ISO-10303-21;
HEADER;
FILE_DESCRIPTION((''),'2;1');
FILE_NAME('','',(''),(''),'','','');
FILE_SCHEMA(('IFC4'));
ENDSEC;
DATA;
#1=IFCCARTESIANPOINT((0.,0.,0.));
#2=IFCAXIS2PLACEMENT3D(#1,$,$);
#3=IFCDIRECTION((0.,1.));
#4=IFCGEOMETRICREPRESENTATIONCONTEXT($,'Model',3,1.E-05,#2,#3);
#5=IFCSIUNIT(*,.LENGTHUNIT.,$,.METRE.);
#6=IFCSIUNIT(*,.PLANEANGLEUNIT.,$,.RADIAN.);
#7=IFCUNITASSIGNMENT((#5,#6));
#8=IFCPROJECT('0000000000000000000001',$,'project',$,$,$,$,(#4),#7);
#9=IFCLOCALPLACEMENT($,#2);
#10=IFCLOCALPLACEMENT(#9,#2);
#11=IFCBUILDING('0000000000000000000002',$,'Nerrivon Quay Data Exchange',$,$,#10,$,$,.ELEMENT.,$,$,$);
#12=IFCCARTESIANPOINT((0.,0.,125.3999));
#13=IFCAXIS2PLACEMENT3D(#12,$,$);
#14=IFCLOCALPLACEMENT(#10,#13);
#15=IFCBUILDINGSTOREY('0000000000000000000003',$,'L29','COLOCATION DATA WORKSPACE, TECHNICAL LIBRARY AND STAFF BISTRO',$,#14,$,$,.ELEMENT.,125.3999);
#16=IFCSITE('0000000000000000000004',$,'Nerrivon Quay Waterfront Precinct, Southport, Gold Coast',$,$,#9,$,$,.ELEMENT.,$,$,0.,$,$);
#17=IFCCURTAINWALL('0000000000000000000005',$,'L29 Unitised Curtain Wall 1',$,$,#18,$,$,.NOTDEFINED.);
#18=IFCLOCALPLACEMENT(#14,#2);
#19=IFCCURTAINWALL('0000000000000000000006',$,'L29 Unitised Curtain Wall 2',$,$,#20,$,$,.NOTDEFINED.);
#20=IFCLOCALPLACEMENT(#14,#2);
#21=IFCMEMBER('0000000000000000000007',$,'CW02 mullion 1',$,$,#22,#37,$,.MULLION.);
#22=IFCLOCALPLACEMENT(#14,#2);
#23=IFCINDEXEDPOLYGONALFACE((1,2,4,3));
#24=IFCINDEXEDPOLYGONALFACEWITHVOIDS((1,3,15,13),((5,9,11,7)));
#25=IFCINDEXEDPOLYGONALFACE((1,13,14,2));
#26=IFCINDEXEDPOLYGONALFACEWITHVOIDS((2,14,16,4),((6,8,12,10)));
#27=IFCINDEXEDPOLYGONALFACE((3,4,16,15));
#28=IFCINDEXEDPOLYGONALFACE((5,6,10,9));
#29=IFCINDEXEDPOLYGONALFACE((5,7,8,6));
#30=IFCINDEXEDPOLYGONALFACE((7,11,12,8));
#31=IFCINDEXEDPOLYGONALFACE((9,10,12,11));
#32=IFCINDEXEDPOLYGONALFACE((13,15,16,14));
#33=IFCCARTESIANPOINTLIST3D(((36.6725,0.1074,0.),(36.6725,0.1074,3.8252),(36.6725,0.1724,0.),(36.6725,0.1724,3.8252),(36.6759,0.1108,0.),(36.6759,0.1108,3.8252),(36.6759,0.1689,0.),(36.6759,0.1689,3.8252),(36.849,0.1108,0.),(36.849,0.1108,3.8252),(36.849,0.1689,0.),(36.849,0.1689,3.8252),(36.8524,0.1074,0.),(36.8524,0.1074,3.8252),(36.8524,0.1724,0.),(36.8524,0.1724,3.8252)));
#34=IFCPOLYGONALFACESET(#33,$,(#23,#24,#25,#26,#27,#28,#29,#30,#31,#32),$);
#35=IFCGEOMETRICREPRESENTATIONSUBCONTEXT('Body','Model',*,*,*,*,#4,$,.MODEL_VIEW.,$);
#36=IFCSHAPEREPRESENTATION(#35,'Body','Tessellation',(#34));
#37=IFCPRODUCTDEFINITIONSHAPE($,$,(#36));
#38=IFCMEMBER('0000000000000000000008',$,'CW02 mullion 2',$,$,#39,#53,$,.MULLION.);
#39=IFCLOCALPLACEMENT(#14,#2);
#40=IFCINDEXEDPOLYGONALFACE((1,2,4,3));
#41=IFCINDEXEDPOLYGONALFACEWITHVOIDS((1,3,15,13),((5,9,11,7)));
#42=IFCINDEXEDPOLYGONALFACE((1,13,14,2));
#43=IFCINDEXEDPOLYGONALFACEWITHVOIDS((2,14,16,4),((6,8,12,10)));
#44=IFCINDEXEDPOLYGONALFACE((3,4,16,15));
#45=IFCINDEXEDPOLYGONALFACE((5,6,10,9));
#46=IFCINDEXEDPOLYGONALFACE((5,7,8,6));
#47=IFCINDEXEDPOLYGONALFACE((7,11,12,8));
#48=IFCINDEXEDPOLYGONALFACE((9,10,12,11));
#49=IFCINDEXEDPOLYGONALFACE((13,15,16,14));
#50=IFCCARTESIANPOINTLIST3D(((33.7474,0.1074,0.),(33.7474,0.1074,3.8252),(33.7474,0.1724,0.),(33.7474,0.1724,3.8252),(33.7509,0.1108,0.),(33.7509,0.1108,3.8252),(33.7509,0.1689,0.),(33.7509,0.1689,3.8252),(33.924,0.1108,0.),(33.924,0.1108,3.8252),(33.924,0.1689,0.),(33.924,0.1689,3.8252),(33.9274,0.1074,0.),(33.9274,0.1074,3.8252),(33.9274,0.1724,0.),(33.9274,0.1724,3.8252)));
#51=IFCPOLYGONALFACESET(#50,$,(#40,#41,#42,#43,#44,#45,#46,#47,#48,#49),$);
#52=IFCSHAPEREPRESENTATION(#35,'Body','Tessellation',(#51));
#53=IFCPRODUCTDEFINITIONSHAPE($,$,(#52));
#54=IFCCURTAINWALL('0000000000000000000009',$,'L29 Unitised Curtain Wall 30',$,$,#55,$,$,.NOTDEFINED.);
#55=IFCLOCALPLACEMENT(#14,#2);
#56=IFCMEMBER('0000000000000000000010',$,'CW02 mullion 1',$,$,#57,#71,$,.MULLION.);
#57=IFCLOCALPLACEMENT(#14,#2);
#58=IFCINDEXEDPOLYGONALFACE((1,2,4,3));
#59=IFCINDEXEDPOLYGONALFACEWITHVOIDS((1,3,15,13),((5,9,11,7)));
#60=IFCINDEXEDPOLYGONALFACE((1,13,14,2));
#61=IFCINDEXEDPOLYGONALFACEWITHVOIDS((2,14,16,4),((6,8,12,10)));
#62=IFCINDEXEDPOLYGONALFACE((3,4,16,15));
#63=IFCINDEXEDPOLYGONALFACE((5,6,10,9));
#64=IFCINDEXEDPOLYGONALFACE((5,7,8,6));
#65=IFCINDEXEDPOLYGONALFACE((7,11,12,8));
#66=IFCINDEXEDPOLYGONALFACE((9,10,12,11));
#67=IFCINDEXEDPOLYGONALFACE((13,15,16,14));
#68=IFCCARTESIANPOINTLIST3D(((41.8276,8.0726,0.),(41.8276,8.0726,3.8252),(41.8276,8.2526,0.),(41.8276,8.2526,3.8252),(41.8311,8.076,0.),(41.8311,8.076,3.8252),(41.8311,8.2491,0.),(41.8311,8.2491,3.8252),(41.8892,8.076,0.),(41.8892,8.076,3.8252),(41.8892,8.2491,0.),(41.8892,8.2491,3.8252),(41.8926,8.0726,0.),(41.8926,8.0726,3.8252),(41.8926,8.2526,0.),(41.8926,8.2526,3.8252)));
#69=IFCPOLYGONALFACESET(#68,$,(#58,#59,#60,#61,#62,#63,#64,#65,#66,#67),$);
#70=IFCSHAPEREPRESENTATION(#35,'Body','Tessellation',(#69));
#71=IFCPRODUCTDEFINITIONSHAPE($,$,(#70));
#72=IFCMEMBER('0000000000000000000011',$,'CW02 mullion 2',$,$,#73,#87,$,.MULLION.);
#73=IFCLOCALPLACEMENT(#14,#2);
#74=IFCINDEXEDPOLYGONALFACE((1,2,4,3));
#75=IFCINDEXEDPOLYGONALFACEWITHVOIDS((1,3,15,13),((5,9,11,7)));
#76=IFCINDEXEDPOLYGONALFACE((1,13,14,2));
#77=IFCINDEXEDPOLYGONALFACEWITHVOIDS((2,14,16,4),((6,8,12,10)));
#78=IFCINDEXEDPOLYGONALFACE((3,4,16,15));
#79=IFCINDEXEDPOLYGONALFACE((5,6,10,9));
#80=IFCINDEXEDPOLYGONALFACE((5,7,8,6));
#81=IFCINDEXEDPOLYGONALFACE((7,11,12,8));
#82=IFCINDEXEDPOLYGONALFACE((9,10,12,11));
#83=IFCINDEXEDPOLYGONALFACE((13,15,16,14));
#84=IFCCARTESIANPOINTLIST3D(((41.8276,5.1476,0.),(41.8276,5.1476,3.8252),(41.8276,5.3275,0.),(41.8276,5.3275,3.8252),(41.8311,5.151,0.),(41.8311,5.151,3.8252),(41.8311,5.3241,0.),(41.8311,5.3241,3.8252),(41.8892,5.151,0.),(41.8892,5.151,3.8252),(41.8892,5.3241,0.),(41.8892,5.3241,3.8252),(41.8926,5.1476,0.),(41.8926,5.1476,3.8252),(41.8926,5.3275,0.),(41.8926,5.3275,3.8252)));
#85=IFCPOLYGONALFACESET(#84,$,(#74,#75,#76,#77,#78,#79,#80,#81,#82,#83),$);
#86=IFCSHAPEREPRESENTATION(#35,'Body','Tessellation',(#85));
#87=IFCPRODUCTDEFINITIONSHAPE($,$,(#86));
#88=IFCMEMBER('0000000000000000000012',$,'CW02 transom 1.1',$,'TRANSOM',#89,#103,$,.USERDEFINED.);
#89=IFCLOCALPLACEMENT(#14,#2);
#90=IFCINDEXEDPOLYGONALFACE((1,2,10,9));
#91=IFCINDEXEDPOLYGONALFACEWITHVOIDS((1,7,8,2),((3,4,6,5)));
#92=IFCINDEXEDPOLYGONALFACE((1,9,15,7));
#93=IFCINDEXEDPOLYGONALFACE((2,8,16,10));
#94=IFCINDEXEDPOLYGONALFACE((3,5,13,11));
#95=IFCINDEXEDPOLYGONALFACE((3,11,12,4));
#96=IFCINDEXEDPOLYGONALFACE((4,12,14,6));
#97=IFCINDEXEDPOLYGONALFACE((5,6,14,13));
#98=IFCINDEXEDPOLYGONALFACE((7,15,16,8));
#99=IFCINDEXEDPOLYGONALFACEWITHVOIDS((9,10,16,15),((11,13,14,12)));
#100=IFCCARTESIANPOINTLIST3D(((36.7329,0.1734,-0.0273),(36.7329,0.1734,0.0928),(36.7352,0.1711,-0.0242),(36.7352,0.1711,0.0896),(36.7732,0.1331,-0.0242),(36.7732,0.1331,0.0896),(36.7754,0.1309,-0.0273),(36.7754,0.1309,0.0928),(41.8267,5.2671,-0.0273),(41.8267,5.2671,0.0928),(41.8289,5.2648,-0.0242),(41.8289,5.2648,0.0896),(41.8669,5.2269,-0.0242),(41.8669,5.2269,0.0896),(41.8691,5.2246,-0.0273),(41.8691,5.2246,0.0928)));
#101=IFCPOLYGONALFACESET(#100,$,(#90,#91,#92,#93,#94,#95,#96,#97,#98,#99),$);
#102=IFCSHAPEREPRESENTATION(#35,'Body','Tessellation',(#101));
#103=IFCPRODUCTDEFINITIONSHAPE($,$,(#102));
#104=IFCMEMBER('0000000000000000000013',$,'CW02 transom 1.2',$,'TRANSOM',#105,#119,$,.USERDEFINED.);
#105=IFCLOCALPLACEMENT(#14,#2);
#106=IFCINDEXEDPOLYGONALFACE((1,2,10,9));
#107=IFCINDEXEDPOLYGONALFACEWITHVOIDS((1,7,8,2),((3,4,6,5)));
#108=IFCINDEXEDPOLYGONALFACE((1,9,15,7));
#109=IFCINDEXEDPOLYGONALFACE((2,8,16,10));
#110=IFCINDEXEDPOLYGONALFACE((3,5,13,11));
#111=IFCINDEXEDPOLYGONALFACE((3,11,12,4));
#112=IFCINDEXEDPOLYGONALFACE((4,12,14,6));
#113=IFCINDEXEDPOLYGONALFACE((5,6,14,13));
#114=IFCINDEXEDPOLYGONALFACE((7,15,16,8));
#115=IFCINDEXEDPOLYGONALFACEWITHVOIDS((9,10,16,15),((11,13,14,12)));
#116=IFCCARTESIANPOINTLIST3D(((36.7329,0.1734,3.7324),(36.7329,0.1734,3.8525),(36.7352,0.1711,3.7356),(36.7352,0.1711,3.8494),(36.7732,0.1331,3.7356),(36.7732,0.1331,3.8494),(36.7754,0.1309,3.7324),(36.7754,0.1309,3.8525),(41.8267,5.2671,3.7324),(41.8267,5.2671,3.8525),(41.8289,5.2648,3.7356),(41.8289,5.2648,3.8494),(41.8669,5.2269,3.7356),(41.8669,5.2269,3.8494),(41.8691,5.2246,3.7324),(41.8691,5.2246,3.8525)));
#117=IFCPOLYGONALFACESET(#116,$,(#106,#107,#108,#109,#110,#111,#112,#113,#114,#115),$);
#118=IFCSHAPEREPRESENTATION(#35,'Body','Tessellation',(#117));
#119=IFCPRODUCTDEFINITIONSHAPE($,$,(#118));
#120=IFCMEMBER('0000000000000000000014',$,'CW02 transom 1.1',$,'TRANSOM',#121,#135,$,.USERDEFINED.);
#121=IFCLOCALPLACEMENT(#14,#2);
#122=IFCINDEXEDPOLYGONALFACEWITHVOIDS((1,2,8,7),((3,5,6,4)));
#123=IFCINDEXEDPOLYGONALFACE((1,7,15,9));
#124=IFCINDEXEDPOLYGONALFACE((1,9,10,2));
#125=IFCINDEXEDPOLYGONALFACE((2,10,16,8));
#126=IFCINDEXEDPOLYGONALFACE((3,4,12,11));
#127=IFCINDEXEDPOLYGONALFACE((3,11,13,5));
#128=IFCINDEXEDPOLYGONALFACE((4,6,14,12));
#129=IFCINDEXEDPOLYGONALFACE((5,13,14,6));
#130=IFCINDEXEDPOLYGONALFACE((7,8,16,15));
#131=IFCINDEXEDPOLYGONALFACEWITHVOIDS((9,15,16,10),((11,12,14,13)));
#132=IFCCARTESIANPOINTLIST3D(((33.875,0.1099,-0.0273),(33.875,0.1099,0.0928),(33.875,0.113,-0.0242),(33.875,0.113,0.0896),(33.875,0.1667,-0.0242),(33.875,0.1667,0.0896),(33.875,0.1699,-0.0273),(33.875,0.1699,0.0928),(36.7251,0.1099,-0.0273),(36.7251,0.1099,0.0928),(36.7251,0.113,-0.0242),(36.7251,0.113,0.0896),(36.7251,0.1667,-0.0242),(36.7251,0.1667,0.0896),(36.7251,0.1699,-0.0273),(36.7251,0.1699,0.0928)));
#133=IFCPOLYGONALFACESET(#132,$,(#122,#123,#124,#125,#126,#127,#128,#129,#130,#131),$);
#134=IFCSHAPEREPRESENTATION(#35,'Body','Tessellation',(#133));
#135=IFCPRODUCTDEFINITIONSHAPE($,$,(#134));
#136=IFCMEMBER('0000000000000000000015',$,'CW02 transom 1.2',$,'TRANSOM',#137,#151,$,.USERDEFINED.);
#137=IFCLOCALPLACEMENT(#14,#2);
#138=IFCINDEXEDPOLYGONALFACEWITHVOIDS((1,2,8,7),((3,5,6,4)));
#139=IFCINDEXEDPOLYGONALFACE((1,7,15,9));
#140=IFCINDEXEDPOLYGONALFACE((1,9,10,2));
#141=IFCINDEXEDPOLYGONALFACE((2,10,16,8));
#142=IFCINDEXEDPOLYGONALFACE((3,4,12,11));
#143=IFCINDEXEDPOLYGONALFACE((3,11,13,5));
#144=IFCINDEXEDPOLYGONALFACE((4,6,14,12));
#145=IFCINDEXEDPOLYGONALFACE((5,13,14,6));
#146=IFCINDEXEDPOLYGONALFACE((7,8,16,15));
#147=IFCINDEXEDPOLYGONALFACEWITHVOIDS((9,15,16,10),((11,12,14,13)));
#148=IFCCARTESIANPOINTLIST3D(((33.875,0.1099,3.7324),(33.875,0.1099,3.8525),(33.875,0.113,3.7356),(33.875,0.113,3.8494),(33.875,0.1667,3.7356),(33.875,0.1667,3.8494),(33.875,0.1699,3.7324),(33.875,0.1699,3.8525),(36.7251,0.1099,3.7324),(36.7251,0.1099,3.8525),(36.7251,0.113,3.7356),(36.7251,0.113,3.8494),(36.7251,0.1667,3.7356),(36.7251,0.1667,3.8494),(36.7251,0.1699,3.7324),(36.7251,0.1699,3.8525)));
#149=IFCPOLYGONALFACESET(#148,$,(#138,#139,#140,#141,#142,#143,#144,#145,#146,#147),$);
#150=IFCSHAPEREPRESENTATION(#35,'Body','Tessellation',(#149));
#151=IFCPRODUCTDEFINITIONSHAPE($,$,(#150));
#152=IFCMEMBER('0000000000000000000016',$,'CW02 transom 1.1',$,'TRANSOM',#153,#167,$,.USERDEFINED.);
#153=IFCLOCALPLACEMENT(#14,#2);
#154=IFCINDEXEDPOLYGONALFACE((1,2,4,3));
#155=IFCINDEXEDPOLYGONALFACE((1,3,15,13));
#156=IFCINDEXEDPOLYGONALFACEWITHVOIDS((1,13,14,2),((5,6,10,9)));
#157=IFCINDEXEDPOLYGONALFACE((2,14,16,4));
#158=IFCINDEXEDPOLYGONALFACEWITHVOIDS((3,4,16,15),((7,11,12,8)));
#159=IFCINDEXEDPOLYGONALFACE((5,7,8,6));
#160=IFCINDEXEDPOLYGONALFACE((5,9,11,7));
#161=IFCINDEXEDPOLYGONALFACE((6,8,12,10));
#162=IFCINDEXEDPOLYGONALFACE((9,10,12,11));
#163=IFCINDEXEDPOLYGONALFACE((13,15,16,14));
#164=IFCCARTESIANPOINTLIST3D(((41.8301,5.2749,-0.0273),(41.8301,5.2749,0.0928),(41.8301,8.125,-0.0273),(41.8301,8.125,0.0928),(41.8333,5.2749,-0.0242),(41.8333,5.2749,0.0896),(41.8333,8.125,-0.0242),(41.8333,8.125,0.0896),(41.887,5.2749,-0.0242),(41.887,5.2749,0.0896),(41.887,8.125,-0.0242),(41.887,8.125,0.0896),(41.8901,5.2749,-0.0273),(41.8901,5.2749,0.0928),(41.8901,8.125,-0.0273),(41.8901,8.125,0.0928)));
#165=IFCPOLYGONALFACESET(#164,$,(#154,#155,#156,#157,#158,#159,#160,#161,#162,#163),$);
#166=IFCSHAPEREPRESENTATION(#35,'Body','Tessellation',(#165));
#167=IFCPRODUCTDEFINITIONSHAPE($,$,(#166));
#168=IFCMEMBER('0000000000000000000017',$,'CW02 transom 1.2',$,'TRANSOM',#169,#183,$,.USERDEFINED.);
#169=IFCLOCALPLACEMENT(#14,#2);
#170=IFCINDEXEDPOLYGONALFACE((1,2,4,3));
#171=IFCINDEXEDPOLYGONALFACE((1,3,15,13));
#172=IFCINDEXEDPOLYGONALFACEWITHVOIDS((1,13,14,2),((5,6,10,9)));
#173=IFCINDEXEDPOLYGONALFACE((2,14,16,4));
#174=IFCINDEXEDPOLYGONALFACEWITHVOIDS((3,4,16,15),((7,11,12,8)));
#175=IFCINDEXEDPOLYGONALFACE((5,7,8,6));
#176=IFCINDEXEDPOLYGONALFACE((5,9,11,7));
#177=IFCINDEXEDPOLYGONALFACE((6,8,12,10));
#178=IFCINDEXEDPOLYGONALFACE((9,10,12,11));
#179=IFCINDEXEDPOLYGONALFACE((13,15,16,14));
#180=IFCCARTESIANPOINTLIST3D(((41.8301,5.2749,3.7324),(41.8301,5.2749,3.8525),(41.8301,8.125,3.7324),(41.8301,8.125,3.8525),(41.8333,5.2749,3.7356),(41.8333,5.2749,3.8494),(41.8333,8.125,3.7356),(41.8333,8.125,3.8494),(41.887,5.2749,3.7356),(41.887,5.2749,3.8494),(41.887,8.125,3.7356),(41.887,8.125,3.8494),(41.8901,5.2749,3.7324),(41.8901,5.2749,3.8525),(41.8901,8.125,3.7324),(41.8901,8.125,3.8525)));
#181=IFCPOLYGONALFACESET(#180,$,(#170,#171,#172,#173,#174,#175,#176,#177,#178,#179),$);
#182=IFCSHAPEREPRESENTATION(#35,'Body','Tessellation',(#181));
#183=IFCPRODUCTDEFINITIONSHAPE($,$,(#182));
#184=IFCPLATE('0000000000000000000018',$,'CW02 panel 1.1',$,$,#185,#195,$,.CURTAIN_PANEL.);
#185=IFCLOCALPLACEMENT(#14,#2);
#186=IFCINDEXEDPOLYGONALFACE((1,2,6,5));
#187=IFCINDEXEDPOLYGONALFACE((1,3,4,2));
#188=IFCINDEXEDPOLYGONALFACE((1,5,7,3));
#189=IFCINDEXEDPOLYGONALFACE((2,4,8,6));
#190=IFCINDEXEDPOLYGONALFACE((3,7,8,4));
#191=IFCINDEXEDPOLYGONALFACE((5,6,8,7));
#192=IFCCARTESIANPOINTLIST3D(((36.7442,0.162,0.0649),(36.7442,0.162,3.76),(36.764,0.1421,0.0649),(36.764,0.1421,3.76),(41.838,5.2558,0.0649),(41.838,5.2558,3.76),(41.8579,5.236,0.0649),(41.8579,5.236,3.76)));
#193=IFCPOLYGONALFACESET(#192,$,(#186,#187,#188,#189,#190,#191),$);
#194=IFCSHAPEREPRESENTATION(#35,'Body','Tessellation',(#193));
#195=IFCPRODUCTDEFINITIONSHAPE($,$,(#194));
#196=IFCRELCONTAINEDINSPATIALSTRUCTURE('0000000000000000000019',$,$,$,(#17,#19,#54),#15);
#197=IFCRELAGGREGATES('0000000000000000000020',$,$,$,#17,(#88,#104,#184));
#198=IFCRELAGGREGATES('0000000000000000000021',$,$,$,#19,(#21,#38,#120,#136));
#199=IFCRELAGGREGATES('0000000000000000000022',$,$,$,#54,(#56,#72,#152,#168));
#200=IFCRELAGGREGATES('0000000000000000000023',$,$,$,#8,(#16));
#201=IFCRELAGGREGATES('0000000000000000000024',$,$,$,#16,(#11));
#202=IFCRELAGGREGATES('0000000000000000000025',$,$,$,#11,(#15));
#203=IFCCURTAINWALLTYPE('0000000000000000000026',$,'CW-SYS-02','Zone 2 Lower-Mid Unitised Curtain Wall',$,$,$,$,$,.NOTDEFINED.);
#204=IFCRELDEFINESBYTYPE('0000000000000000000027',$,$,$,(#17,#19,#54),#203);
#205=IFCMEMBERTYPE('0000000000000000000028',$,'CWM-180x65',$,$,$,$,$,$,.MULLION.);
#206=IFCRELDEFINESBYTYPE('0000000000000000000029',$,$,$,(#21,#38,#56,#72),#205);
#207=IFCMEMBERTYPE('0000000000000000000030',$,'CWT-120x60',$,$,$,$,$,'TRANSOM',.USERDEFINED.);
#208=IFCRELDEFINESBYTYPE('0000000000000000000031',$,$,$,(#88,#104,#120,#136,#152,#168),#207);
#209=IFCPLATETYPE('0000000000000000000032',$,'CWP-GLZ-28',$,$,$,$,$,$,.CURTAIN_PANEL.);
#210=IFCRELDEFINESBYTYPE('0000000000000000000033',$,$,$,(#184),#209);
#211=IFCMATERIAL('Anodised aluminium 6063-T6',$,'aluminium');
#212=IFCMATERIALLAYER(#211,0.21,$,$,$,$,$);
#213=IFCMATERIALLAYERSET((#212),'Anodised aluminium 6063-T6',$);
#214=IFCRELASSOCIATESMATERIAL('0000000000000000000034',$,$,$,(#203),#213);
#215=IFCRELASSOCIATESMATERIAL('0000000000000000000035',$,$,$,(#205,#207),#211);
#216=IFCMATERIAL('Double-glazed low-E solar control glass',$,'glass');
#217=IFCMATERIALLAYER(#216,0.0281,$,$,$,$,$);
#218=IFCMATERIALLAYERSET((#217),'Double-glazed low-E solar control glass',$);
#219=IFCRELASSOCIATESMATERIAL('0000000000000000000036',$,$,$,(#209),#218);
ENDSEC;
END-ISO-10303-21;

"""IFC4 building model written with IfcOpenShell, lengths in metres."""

from ifc_helpers import new_model, si_unit, direction, frame, origin, origin_2d, place, context, subcontext, project, spatial, rectangle, hollow_rectangle, extrude, material, layer, layer_set, material_profile, profile_set, type_object, element, aggregate, save


model = new_model("IFC4")

# Units and contexts
model_context = context("Model", 3, precision=1e-05, world=origin(), true_north=direction((0.0, 1.0)))
body_context = subcontext(model_context, "Body", "Model", "MODEL_VIEW")
ifc_project = project(units=[si_unit("LENGTHUNIT", "METRE"), si_unit("PLANEANGLEUNIT", "RADIAN")], contexts=[model_context])

# Site, building, storey
site_placement = place(None, origin())
site = spatial("IfcSite", under=ifc_project, at=site_placement, Name="Nerrivon Quay Waterfront Precinct, Southport, Gold Coast", CompositionType="ELEMENT", RefElevation=0.0)
building_placement = place(site_placement, origin())
building = spatial("IfcBuilding", under=site, at=building_placement, Name="Nerrivon Quay Data Exchange", CompositionType="ELEMENT")
storey_placement = place(building_placement, frame((0.0, 0.0, 125.3999)))
storey = spatial("IfcBuildingStorey", under=building, at=storey_placement, Name="L29", Description="COLOCATION DATA WORKSPACE, TECHNICAL LIBRARY AND STAFF BISTRO", CompositionType="ELEMENT", Elevation=125.3999)

# Curtain walls, members
ifc_material_1 = material(Name="Anodised aluminium 6063-T6", Category="aluminium")
ifc_layer_1 = layer(ifc_material_1, 0.21)
ifc_layer_set_1 = layer_set([ifc_layer_1], Name="Anodised aluminium 6063-T6")
curtain_wall_type = type_object("IfcCurtainWallType", Name="CW-SYS-02", Description="Zone 2 Lower-Mid Unitised Curtain Wall", PredefinedType="NOTDEFINED", material=ifc_layer_set_1)
curtain_wall_1_placement = place(storey_placement, origin())
curtain_wall_1 = element("IfcCurtainWall", 1, at=curtain_wall_1_placement, inside=storey, type_object=curtain_wall_type, Name="L29 Unitised Curtain Wall 1", PredefinedType="NOTDEFINED")
ifc_material_profile_1 = material_profile(ifc_material_1, hollow_rectangle(XDim=0.0649, YDim=0.1799, WallThickness=0.0034, at=origin_2d()), Name="ALU-MULL-180x65")
ifc_profile_set_1 = profile_set([ifc_material_profile_1], Name="Anodised aluminium 6063-T6")
member_type_1 = type_object("IfcMemberType", Name="CWM-180x65", PredefinedType="MULLION", material=ifc_profile_set_1)
curtain_wall_2_placement = place(storey_placement, origin())
curtain_wall_2 = element("IfcCurtainWall", 2, at=curtain_wall_2_placement, inside=storey, type_object=curtain_wall_type, Name="L29 Unitised Curtain Wall 2", PredefinedType="NOTDEFINED")
member_1_placement = place(storey_placement, frame((36.7625, 0.1399, 0.0), z_axis=(0.0, 0.0, 1.0), x_axis=(0.0, -1.0, 0.0)))
member_1 = element("IfcMember", 3, at=member_1_placement, type_object=member_type_1, Name="CW02 mullion 1", PredefinedType="MULLION", context=body_context, shape_type="SweptSolid", body=[
    extrude(hollow_rectangle(XDim=0.0649, YDim=0.1799, WallThickness=0.0034, at=origin_2d()), origin(), (0.0, 0.0, 1.0), 3.8252),
])
member_2_placement = place(storey_placement, frame((33.8374, 0.1399, 0.0), z_axis=(0.0, 0.0, 1.0), x_axis=(0.0, -1.0, 0.0)))
member_2 = element("IfcMember", 4, at=member_2_placement, type_object=member_type_1, Name="CW02 mullion 2", PredefinedType="MULLION", context=body_context, shape_type="SweptSolid", body=[
    extrude(hollow_rectangle(XDim=0.0649, YDim=0.1799, WallThickness=0.0034, at=origin_2d()), origin(), (0.0, 0.0, 1.0), 3.8252),
])
curtain_wall_3_placement = place(storey_placement, origin())
curtain_wall_3 = element("IfcCurtainWall", 5, at=curtain_wall_3_placement, inside=storey, type_object=curtain_wall_type, Name="L29 Unitised Curtain Wall 30", PredefinedType="NOTDEFINED")
member_3_placement = place(storey_placement, frame((41.8601, 8.1626, 0.0), z_axis=(0.0, 0.0, 1.0), x_axis=(1.0, 0.0, 0.0)))
member_3 = element("IfcMember", 6, at=member_3_placement, type_object=member_type_1, Name="CW02 mullion 1", PredefinedType="MULLION", context=body_context, shape_type="SweptSolid", body=[
    extrude(hollow_rectangle(XDim=0.0649, YDim=0.1799, WallThickness=0.0034, at=origin_2d()), origin(), (0.0, 0.0, 1.0), 3.8252),
])
member_4_placement = place(storey_placement, frame((41.8601, 5.2375, 0.0), z_axis=(0.0, 0.0, 1.0), x_axis=(1.0, 0.0, 0.0)))
member_4 = element("IfcMember", 7, at=member_4_placement, type_object=member_type_1, Name="CW02 mullion 2", PredefinedType="MULLION", context=body_context, shape_type="SweptSolid", body=[
    extrude(hollow_rectangle(XDim=0.0649, YDim=0.1799, WallThickness=0.0034, at=origin_2d()), origin(), (0.0, 0.0, 1.0), 3.8252),
])

# Members
ifc_material_profile_2 = material_profile(ifc_material_1, hollow_rectangle(XDim=0.0601, YDim=0.1201, WallThickness=0.0032, at=origin_2d()), Name="ALU-TRAN-120x60")
ifc_profile_set_2 = profile_set([ifc_material_profile_2], Name="Anodised aluminium 6063-T6")
member_type_2 = type_object("IfcMemberType", Name="CWT-120x60", ElementType="TRANSOM", PredefinedType="USERDEFINED", material=ifc_profile_set_2)
member_5_placement = place(storey_placement, frame((41.8479, 5.2458, 0.0327), z_axis=(-0.707107, -0.707107, 0.0), x_axis=(0.707107, -0.707107, 0.0)))
member_5 = element("IfcMember", 8, at=member_5_placement, type_object=member_type_2, Name="CW02 transom 1.1", ObjectType="TRANSOM", PredefinedType="USERDEFINED", context=body_context, shape_type="SweptSolid", body=[
    extrude(hollow_rectangle(XDim=0.0601, YDim=0.1201, WallThickness=0.0032, at=origin_2d()), origin(), (0.0, 0.0, 1.0), 7.2036),
])
member_6_placement = place(storey_placement, frame((41.8479, 5.2458, 3.7925), z_axis=(-0.707107, -0.707107, 0.0), x_axis=(0.707107, -0.707107, 0.0)))
member_6 = element("IfcMember", 9, at=member_6_placement, type_object=member_type_2, Name="CW02 transom 1.2", ObjectType="TRANSOM", PredefinedType="USERDEFINED", context=body_context, shape_type="SweptSolid", body=[
    extrude(hollow_rectangle(XDim=0.0601, YDim=0.1201, WallThickness=0.0032, at=origin_2d()), origin(), (0.0, 0.0, 1.0), 7.2036),
])
member_7_placement = place(storey_placement, frame((36.7251, 0.1399, 0.0327), z_axis=(-1.0, 0.0, 0.0), x_axis=(0.0, -1.0, 0.0)))
member_7 = element("IfcMember", 10, at=member_7_placement, type_object=member_type_2, Name="CW02 transom 1.1", ObjectType="TRANSOM", PredefinedType="USERDEFINED", context=body_context, shape_type="SweptSolid", body=[
    extrude(hollow_rectangle(XDim=0.0601, YDim=0.1201, WallThickness=0.0032, at=origin_2d()), origin(), (0.0, 0.0, 1.0), 2.8501),
])
member_8_placement = place(storey_placement, frame((36.7251, 0.1399, 3.7925), z_axis=(-1.0, 0.0, 0.0), x_axis=(0.0, -1.0, 0.0)))
member_8 = element("IfcMember", 11, at=member_8_placement, type_object=member_type_2, Name="CW02 transom 1.2", ObjectType="TRANSOM", PredefinedType="USERDEFINED", context=body_context, shape_type="SweptSolid", body=[
    extrude(hollow_rectangle(XDim=0.0601, YDim=0.1201, WallThickness=0.0032, at=origin_2d()), origin(), (0.0, 0.0, 1.0), 2.8501),
])
member_9_placement = place(storey_placement, frame((41.8601, 8.125, 0.0327), z_axis=(0.0, -1.0, 0.0), x_axis=(1.0, 0.0, 0.0)))
member_9 = element("IfcMember", 12, at=member_9_placement, type_object=member_type_2, Name="CW02 transom 1.1", ObjectType="TRANSOM", PredefinedType="USERDEFINED", context=body_context, shape_type="SweptSolid", body=[
    extrude(hollow_rectangle(XDim=0.0601, YDim=0.1201, WallThickness=0.0032, at=origin_2d()), origin(), (0.0, 0.0, 1.0), 2.8501),
])
member_10_placement = place(storey_placement, frame((41.8601, 8.125, 3.7925), z_axis=(0.0, -1.0, 0.0), x_axis=(1.0, 0.0, 0.0)))
member_10 = element("IfcMember", 13, at=member_10_placement, type_object=member_type_2, Name="CW02 transom 1.2", ObjectType="TRANSOM", PredefinedType="USERDEFINED", context=body_context, shape_type="SweptSolid", body=[
    extrude(hollow_rectangle(XDim=0.0601, YDim=0.1201, WallThickness=0.0032, at=origin_2d()), origin(), (0.0, 0.0, 1.0), 2.8501),
])

# Plate
ifc_material_2 = material(Name="Double-glazed low-E solar control glass", Category="glass")
ifc_layer_2 = layer(ifc_material_2, 0.0281)
ifc_layer_set_2 = layer_set([ifc_layer_2], Name="Double-glazed low-E solar control glass")
plate_type = type_object("IfcPlateType", Name="CWP-GLZ-28", PredefinedType="CURTAIN_PANEL", material=ifc_layer_set_2)
plate_1_placement = place(storey_placement, frame((39.301, 2.699, 0.0649), z_axis=(0.0, 0.0, 1.0), x_axis=(-0.707107, -0.707107, 0.0)))
plate_1 = element("IfcPlate", 14, at=plate_1_placement, type_object=plate_type, Name="CW02 panel 1.1", PredefinedType="CURTAIN_PANEL", context=body_context, shape_type="SweptSolid", body=[
    extrude(rectangle(XDim=7.2039, YDim=0.0281, at=origin_2d()), origin(), (0.0, 0.0, 1.0), 3.6951),
])
aggregate(curtain_wall_1, [member_5, member_6, plate_1])
aggregate(curtain_wall_2, [member_1, member_2, member_7, member_8])
aggregate(curtain_wall_3, [member_3, member_4, member_9, member_10])

save(model, "model.ifc")
